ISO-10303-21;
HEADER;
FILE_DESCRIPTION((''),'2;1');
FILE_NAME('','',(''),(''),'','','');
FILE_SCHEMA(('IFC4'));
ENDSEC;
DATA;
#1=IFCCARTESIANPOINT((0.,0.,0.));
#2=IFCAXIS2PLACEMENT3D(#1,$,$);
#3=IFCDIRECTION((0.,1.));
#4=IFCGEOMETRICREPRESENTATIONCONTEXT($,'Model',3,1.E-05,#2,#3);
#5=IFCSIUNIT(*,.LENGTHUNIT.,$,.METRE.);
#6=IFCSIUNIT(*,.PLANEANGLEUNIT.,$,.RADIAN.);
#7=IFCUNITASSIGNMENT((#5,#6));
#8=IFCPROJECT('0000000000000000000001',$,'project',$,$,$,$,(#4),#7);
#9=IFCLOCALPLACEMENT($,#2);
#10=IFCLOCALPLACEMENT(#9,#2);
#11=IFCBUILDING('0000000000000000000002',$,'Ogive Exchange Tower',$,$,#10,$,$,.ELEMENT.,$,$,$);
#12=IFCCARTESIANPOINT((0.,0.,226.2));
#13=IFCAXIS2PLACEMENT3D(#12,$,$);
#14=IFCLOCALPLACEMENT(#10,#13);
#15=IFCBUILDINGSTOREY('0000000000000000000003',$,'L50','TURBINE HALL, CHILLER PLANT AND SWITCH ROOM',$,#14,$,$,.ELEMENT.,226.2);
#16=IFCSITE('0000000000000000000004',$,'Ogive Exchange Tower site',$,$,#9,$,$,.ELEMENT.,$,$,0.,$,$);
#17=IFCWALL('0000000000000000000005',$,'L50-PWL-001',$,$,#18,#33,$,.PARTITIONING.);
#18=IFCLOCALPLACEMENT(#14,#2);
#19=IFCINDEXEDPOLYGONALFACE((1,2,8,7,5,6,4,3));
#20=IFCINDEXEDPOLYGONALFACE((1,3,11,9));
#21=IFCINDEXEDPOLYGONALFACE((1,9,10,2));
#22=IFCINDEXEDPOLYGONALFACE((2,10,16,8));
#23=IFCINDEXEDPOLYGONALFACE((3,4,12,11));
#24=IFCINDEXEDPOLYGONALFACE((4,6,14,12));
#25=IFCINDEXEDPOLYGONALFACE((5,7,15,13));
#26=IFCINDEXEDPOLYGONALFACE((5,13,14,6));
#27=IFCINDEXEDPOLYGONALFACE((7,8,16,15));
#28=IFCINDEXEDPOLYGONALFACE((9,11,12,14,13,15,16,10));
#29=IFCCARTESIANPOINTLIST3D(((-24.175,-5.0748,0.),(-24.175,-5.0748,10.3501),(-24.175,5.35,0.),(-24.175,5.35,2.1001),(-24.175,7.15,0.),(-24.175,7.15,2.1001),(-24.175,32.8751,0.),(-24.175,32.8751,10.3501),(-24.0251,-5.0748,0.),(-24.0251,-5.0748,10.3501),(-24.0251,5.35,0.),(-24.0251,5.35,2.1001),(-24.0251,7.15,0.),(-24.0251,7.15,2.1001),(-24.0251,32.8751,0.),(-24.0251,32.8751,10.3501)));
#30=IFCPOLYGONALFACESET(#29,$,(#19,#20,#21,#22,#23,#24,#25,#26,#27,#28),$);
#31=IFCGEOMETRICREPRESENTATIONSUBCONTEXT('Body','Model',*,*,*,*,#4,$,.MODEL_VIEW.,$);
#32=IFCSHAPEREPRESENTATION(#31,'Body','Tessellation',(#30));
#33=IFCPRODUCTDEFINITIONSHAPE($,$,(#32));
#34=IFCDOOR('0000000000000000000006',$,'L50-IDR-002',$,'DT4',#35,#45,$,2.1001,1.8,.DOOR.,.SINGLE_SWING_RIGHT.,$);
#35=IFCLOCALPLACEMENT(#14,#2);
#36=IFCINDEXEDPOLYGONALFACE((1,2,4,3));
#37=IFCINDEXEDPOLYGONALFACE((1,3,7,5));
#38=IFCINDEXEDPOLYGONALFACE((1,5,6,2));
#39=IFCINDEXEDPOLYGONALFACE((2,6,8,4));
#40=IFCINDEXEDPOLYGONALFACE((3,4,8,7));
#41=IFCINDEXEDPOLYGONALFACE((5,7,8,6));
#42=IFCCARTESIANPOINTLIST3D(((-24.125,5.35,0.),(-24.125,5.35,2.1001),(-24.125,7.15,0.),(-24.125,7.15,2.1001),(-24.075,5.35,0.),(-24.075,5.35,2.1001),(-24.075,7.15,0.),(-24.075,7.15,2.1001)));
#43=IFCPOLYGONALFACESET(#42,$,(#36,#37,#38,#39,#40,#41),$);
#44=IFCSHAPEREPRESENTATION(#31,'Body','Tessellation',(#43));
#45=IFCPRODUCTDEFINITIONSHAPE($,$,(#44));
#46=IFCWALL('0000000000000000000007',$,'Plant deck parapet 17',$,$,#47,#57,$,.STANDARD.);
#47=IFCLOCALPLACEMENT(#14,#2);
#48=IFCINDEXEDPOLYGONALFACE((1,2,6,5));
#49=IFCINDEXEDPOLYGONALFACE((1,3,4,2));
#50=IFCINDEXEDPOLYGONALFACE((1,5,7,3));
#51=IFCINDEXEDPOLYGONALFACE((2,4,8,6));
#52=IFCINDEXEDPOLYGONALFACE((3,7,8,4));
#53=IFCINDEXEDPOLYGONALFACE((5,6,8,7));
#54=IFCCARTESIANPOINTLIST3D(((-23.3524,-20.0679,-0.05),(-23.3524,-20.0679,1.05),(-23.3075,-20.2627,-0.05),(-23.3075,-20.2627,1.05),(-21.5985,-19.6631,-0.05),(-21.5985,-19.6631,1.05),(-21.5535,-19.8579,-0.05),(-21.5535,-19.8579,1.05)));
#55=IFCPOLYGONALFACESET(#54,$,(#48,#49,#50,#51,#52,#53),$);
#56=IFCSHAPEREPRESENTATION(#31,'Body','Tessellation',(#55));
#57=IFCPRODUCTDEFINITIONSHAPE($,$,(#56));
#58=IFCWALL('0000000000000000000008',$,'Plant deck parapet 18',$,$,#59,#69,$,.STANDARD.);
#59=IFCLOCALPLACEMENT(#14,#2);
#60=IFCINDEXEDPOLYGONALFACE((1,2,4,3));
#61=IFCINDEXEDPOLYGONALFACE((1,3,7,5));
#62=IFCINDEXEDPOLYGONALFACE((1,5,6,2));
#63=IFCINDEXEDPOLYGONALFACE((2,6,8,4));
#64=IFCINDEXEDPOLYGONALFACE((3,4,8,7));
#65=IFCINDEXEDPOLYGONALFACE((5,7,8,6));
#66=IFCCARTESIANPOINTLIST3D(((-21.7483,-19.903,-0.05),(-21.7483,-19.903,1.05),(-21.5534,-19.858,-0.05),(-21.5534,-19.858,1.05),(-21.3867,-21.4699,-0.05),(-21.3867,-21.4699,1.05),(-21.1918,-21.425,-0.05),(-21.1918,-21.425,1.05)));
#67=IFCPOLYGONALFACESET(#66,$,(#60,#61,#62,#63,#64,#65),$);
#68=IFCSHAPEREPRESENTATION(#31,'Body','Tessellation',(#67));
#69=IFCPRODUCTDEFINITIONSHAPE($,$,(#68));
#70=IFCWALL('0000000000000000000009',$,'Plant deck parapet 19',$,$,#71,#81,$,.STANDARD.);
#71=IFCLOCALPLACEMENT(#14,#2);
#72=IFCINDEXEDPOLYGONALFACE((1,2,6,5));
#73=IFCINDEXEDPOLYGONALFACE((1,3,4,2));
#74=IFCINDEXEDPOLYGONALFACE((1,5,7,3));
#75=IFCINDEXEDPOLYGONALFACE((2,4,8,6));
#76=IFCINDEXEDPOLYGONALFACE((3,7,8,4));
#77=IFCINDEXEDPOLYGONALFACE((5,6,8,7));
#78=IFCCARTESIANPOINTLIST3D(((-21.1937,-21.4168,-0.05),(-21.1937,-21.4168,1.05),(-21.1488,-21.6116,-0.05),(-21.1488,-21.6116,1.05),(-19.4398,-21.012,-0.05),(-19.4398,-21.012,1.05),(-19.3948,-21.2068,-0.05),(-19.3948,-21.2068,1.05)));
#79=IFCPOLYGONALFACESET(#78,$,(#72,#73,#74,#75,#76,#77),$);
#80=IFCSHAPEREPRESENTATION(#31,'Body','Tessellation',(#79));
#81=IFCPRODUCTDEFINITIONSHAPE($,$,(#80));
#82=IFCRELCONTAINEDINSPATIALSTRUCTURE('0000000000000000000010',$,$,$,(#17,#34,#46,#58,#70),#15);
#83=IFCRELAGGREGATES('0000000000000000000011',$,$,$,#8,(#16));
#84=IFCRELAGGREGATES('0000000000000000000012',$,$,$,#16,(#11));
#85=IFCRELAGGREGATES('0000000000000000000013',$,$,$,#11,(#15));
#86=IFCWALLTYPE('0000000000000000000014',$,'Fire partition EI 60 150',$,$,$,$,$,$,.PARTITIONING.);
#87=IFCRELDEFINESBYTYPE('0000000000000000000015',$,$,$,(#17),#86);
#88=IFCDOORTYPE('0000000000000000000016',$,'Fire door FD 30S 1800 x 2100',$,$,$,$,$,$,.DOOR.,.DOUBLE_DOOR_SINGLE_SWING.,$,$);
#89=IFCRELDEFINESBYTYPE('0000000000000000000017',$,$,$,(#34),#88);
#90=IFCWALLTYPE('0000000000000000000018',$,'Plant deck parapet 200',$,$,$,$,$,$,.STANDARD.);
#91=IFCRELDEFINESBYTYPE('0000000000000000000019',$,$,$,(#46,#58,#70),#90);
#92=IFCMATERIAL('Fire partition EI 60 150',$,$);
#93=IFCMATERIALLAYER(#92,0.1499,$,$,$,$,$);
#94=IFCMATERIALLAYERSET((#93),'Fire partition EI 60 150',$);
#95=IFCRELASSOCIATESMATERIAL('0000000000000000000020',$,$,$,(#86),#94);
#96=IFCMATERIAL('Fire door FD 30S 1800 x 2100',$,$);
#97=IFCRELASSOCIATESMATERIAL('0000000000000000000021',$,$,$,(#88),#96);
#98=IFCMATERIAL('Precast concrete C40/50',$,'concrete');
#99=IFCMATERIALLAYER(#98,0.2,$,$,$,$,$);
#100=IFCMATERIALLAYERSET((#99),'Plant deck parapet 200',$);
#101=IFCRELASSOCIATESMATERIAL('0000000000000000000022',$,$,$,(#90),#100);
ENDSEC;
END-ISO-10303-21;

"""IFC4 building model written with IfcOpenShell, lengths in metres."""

from ifc_helpers import new_model, si_unit, direction, frame, frame_2d, origin, place, context, subcontext, project, spatial, rectangle, extrude, material, layer, layer_set, type_object, element, fill, save


model = new_model("IFC4")

# Units and contexts
model_context = context("Model", 3, precision=1e-05, world=origin(), true_north=direction((0.0, 1.0)))
body_context = subcontext(model_context, "Body", "Model", "MODEL_VIEW")
ifc_project = project(units=[si_unit("LENGTHUNIT", "METRE"), si_unit("PLANEANGLEUNIT", "RADIAN")], contexts=[model_context])

# Site, building, storey
site_placement = place(None, origin())
site = spatial("IfcSite", under=ifc_project, at=site_placement, Name="Ogive Exchange Tower site", CompositionType="ELEMENT", RefElevation=0.0)
building_placement = place(site_placement, origin())
building = spatial("IfcBuilding", under=site, at=building_placement, Name="Ogive Exchange Tower", CompositionType="ELEMENT")
storey_placement = place(building_placement, frame((0.0, 0.0, 226.2)))
storey = spatial("IfcBuildingStorey", under=building, at=storey_placement, Name="L50", Description="TURBINE HALL, CHILLER PLANT AND SWITCH ROOM", CompositionType="ELEMENT", Elevation=226.2)

# Wall, opening, door
ifc_material_1 = material(Name="Fire partition EI 60 150")
ifc_layer_1 = layer(ifc_material_1, 0.1499)
ifc_layer_set_1 = layer_set([ifc_layer_1], Name="Fire partition EI 60 150")
wall_type_1 = type_object("IfcWallType", Name="Fire partition EI 60 150", PredefinedType="PARTITIONING", material=ifc_layer_set_1)
wall_1_placement = place(storey_placement, frame((-24.1001, -5.075, 0.0), z_axis=(0.0, 0.0, 1.0), x_axis=(0.0, 1.0, 0.0)))
wall_1 = element("IfcWall", 1, at=wall_1_placement, inside=storey, type_object=wall_type_1, Name="L50-PWL-001", PredefinedType="PARTITIONING", context=body_context, shape_type="SweptSolid", body=[
    extrude(rectangle(XDim=37.95, YDim=0.1499, at=frame_2d((18.9751, 0.0))), origin(), (0.0, 0.0, 1.0), 10.3501),
])
opening_placement = place(wall_1_placement, frame((10.425, 0.0, 0.0)))
opening = element("IfcOpeningElement", 2, at=opening_placement, cuts=wall_1, PredefinedType="OPENING", context=body_context, shape_type="SweptSolid", body=[
    extrude(rectangle(XDim=1.8, YDim=2.1001, at=frame_2d((0.8999, 1.05))), frame((0.0, 0.085, 0.0), z_axis=(0.0, -1.0, 0.0), x_axis=(1.0, 0.0, 0.0)), (0.0, 0.0, 1.0), 0.1699),
])
ifc_material_2 = material(Name="Fire door FD 30S 1800 x 2100")
door_type = type_object("IfcDoorType", Name="Fire door FD 30S 1800 x 2100", OperationType="DOUBLE_DOOR_SINGLE_SWING", PredefinedType="DOOR", material=ifc_material_2)
door_placement = place(opening_placement, origin())
door = element("IfcDoor", 3, at=door_placement, inside=storey, type_object=door_type, Name="L50-IDR-002", ObjectType="DT4", OperationType="SINGLE_SWING_RIGHT", OverallHeight=2.1001, OverallWidth=1.8, PredefinedType="DOOR", context=body_context, shape_type="SweptSolid", body=[
    extrude(rectangle(XDim=1.8, YDim=2.1001, at=frame_2d((0.8999, 1.05))), frame((0.0, 0.0249, 0.0), z_axis=(0.0, -1.0, 0.0), x_axis=(1.0, 0.0, 0.0)), (0.0, 0.0, 1.0), 0.05),
])
fill(opening, door)

# Walls
ifc_material_3 = material(Name="Precast concrete C40/50", Category="concrete")
ifc_layer_2 = layer(ifc_material_3, 0.2)
ifc_layer_set_2 = layer_set([ifc_layer_2], Name="Plant deck parapet 200")
wall_type_2 = type_object("IfcWallType", Name="Plant deck parapet 200", PredefinedType="STANDARD", material=ifc_layer_set_2)
wall_2_placement = place(storey_placement, frame((-23.3298, -20.1653, -0.05), z_axis=(0.0, 0.0, 1.0), x_axis=(0.974387, 0.224879, 0.0)))
element("IfcWall", 4, at=wall_2_placement, inside=storey, type_object=wall_type_2, Name="Plant deck parapet 17", PredefinedType="STANDARD", context=body_context, shape_type="SweptSolid", body=[
    extrude(rectangle(XDim=1.8, YDim=0.2, at=frame_2d((0.8999, 0.0))), origin(), (0.0, 0.0, 1.0), 1.1001),
])
wall_3_placement = place(storey_placement, frame((-21.6509, -19.8804, -0.05), z_axis=(0.0, 0.0, 1.0), x_axis=(0.224848, -0.974394, 0.0)))
element("IfcWall", 5, at=wall_3_placement, inside=storey, type_object=wall_type_2, Name="Plant deck parapet 18", PredefinedType="STANDARD", context=body_context, shape_type="SweptSolid", body=[
    extrude(rectangle(XDim=1.6082, YDim=0.2, at=frame_2d((0.8042, 0.0))), origin(), (0.0, 0.0, 1.0), 1.1001),
])
wall_4_placement = place(storey_placement, frame((-21.1711, -21.5142, -0.05), z_axis=(0.0, 0.0, 1.0), x_axis=(0.974387, 0.224879, 0.0)))
element("IfcWall", 6, at=wall_4_placement, inside=storey, type_object=wall_type_2, Name="Plant deck parapet 19", PredefinedType="STANDARD", context=body_context, shape_type="SweptSolid", body=[
    extrude(rectangle(XDim=1.8, YDim=0.2, at=frame_2d((0.8999, 0.0))), origin(), (0.0, 0.0, 1.0), 1.1001),
])

save(model, "model.ifc")
